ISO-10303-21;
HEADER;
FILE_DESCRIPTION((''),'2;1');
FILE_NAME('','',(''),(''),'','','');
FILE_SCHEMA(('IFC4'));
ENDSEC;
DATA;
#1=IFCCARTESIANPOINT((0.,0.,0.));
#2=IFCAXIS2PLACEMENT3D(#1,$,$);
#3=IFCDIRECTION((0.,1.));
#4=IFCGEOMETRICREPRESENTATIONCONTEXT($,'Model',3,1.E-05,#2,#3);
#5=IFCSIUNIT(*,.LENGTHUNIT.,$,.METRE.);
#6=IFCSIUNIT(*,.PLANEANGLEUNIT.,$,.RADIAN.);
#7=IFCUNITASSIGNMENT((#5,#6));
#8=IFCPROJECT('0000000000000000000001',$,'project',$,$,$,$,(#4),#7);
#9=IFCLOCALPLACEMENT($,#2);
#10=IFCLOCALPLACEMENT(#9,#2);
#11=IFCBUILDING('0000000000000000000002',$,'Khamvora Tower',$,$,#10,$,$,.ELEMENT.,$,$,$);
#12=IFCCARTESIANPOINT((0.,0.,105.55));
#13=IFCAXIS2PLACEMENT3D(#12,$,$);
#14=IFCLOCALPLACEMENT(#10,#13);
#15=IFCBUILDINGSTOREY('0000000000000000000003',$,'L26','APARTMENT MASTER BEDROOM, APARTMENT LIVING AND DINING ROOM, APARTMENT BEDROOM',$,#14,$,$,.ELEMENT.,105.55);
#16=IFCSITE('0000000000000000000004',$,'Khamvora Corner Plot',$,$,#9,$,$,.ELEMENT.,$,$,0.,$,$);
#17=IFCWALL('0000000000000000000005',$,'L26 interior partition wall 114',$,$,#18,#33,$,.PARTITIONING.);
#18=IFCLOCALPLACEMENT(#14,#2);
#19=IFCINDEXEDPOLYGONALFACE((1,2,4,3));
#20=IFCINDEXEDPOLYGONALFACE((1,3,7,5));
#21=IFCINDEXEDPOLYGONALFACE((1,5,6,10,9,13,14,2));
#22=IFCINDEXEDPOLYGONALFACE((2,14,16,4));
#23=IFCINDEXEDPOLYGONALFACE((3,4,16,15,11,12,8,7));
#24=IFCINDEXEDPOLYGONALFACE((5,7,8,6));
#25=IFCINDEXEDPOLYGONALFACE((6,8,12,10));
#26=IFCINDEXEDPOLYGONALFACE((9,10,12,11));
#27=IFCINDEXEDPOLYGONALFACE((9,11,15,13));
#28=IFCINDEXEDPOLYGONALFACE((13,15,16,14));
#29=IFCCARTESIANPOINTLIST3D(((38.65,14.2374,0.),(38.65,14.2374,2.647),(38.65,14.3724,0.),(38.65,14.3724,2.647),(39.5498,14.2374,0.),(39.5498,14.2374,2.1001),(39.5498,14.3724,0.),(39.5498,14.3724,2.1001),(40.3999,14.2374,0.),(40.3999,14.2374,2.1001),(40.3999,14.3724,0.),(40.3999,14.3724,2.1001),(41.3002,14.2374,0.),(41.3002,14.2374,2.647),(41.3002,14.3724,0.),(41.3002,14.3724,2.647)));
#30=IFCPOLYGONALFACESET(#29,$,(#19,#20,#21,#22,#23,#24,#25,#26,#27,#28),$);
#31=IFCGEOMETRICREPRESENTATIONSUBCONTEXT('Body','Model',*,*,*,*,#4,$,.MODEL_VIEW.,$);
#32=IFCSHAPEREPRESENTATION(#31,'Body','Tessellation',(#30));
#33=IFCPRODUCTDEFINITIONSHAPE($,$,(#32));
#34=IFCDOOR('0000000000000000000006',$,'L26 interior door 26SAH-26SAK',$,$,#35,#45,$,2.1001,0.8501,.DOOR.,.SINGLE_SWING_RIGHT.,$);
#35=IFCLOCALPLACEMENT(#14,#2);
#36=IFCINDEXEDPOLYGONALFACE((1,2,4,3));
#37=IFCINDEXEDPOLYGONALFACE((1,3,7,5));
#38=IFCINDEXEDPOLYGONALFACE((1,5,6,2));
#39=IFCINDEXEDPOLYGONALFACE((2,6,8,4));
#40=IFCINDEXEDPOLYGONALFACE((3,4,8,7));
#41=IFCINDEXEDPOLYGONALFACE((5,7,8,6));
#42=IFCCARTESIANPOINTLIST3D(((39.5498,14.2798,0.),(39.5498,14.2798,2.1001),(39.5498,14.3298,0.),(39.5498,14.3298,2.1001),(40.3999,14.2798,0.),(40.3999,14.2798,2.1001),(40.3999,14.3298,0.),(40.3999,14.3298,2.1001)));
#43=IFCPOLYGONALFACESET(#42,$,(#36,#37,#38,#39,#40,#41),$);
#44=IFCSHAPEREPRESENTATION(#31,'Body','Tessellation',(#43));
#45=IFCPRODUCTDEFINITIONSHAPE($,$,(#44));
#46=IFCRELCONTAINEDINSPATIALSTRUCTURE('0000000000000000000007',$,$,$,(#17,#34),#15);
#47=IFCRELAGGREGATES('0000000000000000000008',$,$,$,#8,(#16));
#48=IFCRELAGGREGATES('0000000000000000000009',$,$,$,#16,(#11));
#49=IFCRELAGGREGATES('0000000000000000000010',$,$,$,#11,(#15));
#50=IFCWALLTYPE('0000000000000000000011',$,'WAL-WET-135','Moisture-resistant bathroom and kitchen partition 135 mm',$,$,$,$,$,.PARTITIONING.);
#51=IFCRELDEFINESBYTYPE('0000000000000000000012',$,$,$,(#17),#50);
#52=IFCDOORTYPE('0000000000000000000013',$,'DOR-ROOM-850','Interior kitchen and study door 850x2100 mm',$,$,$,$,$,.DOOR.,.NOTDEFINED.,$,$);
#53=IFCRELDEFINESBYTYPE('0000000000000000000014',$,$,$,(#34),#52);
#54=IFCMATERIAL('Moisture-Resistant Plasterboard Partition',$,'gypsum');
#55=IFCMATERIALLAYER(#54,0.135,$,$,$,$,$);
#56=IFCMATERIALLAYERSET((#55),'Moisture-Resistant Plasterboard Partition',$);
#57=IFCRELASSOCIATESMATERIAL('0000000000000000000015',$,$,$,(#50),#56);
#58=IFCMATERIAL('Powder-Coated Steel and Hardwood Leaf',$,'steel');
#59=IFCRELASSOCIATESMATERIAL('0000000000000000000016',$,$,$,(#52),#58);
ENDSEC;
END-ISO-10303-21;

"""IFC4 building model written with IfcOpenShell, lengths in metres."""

from ifc_helpers import new_model, si_unit, direction, frame, frame_2d, origin, place, context, subcontext, project, spatial, rectangle, extrude, material, layer, layer_set, type_object, element, fill, save


model = new_model("IFC4")

# Units and contexts
model_context = context("Model", 3, precision=1e-05, world=origin(), true_north=direction((0.0, 1.0)))
body_context = subcontext(model_context, "Body", "Model", "MODEL_VIEW")
ifc_project = project(units=[si_unit("LENGTHUNIT", "METRE"), si_unit("PLANEANGLEUNIT", "RADIAN")], contexts=[model_context])

# Site, building, storey
site_placement = place(None, origin())
site = spatial("IfcSite", under=ifc_project, at=site_placement, Name="Khamvora Corner Plot", CompositionType="ELEMENT", RefElevation=0.0)
building_placement = place(site_placement, origin())
building = spatial("IfcBuilding", under=site, at=building_placement, Name="Khamvora Tower", CompositionType="ELEMENT")
storey_placement = place(building_placement, frame((0.0, 0.0, 105.55)))
storey = spatial("IfcBuildingStorey", under=building, at=storey_placement, Name="L26", Description="APARTMENT MASTER BEDROOM, APARTMENT LIVING AND DINING ROOM, APARTMENT BEDROOM", CompositionType="ELEMENT", Elevation=105.55)

# Shared definitions
ifc_material_1 = material(Name="Powder-Coated Steel and Hardwood Leaf", Category="steel")

# Shared definitions
ifc_material_2 = material(Name="Moisture-Resistant Plasterboard Partition", Category="gypsum")
ifc_layer_1 = layer(ifc_material_2, 0.135)
ifc_layer_set_1 = layer_set([ifc_layer_1], Name="Moisture-Resistant Plasterboard Partition")
wall_type_1 = type_object("IfcWallType", Name="WAL-WET-135", Description="Moisture-resistant bathroom and kitchen partition 135 mm", PredefinedType="PARTITIONING", material=ifc_layer_set_1)

# Wall, opening, door
wall_1_placement = place(storey_placement, frame((38.6499, 14.3049, 0.0), z_axis=(0.0, 0.0, 1.0), x_axis=(1.0, 0.0, 0.0)))
wall_1 = element("IfcWall", 1, at=wall_1_placement, inside=storey, type_object=wall_type_1, Name="L26 interior partition wall 114", PredefinedType="PARTITIONING", context=body_context, shape_type="SweptSolid", body=[
    extrude(rectangle(XDim=2.6501, YDim=0.135, at=frame_2d((1.3252, 0.0))), origin(), (0.0, 0.0, 1.0), 2.647),
])
opening_1_placement = place(wall_1_placement, frame((0.8999, 0.0, 0.0)))
opening_1 = element("IfcOpeningElement", 2, at=opening_1_placement, cuts=wall_1, PredefinedType="OPENING", context=body_context, shape_type="SweptSolid", body=[
    extrude(rectangle(XDim=0.8501, YDim=2.1001, at=frame_2d((0.425, 1.05))), frame((0.0, 0.0774, 0.0), z_axis=(0.0, -1.0, 0.0), x_axis=(1.0, 0.0, 0.0)), (0.0, 0.0, 1.0), 0.155),
])
door_type_1 = type_object("IfcDoorType", Name="DOR-ROOM-850", Description="Interior kitchen and study door 850x2100 mm", OperationType="NOTDEFINED", PredefinedType="DOOR", material=ifc_material_1)
door_1_placement = place(opening_1_placement, origin())
door_1 = element("IfcDoor", 3, at=door_1_placement, inside=storey, type_object=door_type_1, Name="L26 interior door 26SAH-26SAK", OperationType="SINGLE_SWING_RIGHT", OverallHeight=2.1001, OverallWidth=0.8501, PredefinedType="DOOR", context=body_context, shape_type="SweptSolid", body=[
    extrude(rectangle(XDim=0.8501, YDim=2.1001, at=frame_2d((0.425, 1.05))), frame((0.0, 0.0249, 0.0), z_axis=(0.0, -1.0, 0.0), x_axis=(1.0, 0.0, 0.0)), (0.0, 0.0, 1.0), 0.05),
])
fill(opening_1, door_1)

save(model, "model.ifc")
